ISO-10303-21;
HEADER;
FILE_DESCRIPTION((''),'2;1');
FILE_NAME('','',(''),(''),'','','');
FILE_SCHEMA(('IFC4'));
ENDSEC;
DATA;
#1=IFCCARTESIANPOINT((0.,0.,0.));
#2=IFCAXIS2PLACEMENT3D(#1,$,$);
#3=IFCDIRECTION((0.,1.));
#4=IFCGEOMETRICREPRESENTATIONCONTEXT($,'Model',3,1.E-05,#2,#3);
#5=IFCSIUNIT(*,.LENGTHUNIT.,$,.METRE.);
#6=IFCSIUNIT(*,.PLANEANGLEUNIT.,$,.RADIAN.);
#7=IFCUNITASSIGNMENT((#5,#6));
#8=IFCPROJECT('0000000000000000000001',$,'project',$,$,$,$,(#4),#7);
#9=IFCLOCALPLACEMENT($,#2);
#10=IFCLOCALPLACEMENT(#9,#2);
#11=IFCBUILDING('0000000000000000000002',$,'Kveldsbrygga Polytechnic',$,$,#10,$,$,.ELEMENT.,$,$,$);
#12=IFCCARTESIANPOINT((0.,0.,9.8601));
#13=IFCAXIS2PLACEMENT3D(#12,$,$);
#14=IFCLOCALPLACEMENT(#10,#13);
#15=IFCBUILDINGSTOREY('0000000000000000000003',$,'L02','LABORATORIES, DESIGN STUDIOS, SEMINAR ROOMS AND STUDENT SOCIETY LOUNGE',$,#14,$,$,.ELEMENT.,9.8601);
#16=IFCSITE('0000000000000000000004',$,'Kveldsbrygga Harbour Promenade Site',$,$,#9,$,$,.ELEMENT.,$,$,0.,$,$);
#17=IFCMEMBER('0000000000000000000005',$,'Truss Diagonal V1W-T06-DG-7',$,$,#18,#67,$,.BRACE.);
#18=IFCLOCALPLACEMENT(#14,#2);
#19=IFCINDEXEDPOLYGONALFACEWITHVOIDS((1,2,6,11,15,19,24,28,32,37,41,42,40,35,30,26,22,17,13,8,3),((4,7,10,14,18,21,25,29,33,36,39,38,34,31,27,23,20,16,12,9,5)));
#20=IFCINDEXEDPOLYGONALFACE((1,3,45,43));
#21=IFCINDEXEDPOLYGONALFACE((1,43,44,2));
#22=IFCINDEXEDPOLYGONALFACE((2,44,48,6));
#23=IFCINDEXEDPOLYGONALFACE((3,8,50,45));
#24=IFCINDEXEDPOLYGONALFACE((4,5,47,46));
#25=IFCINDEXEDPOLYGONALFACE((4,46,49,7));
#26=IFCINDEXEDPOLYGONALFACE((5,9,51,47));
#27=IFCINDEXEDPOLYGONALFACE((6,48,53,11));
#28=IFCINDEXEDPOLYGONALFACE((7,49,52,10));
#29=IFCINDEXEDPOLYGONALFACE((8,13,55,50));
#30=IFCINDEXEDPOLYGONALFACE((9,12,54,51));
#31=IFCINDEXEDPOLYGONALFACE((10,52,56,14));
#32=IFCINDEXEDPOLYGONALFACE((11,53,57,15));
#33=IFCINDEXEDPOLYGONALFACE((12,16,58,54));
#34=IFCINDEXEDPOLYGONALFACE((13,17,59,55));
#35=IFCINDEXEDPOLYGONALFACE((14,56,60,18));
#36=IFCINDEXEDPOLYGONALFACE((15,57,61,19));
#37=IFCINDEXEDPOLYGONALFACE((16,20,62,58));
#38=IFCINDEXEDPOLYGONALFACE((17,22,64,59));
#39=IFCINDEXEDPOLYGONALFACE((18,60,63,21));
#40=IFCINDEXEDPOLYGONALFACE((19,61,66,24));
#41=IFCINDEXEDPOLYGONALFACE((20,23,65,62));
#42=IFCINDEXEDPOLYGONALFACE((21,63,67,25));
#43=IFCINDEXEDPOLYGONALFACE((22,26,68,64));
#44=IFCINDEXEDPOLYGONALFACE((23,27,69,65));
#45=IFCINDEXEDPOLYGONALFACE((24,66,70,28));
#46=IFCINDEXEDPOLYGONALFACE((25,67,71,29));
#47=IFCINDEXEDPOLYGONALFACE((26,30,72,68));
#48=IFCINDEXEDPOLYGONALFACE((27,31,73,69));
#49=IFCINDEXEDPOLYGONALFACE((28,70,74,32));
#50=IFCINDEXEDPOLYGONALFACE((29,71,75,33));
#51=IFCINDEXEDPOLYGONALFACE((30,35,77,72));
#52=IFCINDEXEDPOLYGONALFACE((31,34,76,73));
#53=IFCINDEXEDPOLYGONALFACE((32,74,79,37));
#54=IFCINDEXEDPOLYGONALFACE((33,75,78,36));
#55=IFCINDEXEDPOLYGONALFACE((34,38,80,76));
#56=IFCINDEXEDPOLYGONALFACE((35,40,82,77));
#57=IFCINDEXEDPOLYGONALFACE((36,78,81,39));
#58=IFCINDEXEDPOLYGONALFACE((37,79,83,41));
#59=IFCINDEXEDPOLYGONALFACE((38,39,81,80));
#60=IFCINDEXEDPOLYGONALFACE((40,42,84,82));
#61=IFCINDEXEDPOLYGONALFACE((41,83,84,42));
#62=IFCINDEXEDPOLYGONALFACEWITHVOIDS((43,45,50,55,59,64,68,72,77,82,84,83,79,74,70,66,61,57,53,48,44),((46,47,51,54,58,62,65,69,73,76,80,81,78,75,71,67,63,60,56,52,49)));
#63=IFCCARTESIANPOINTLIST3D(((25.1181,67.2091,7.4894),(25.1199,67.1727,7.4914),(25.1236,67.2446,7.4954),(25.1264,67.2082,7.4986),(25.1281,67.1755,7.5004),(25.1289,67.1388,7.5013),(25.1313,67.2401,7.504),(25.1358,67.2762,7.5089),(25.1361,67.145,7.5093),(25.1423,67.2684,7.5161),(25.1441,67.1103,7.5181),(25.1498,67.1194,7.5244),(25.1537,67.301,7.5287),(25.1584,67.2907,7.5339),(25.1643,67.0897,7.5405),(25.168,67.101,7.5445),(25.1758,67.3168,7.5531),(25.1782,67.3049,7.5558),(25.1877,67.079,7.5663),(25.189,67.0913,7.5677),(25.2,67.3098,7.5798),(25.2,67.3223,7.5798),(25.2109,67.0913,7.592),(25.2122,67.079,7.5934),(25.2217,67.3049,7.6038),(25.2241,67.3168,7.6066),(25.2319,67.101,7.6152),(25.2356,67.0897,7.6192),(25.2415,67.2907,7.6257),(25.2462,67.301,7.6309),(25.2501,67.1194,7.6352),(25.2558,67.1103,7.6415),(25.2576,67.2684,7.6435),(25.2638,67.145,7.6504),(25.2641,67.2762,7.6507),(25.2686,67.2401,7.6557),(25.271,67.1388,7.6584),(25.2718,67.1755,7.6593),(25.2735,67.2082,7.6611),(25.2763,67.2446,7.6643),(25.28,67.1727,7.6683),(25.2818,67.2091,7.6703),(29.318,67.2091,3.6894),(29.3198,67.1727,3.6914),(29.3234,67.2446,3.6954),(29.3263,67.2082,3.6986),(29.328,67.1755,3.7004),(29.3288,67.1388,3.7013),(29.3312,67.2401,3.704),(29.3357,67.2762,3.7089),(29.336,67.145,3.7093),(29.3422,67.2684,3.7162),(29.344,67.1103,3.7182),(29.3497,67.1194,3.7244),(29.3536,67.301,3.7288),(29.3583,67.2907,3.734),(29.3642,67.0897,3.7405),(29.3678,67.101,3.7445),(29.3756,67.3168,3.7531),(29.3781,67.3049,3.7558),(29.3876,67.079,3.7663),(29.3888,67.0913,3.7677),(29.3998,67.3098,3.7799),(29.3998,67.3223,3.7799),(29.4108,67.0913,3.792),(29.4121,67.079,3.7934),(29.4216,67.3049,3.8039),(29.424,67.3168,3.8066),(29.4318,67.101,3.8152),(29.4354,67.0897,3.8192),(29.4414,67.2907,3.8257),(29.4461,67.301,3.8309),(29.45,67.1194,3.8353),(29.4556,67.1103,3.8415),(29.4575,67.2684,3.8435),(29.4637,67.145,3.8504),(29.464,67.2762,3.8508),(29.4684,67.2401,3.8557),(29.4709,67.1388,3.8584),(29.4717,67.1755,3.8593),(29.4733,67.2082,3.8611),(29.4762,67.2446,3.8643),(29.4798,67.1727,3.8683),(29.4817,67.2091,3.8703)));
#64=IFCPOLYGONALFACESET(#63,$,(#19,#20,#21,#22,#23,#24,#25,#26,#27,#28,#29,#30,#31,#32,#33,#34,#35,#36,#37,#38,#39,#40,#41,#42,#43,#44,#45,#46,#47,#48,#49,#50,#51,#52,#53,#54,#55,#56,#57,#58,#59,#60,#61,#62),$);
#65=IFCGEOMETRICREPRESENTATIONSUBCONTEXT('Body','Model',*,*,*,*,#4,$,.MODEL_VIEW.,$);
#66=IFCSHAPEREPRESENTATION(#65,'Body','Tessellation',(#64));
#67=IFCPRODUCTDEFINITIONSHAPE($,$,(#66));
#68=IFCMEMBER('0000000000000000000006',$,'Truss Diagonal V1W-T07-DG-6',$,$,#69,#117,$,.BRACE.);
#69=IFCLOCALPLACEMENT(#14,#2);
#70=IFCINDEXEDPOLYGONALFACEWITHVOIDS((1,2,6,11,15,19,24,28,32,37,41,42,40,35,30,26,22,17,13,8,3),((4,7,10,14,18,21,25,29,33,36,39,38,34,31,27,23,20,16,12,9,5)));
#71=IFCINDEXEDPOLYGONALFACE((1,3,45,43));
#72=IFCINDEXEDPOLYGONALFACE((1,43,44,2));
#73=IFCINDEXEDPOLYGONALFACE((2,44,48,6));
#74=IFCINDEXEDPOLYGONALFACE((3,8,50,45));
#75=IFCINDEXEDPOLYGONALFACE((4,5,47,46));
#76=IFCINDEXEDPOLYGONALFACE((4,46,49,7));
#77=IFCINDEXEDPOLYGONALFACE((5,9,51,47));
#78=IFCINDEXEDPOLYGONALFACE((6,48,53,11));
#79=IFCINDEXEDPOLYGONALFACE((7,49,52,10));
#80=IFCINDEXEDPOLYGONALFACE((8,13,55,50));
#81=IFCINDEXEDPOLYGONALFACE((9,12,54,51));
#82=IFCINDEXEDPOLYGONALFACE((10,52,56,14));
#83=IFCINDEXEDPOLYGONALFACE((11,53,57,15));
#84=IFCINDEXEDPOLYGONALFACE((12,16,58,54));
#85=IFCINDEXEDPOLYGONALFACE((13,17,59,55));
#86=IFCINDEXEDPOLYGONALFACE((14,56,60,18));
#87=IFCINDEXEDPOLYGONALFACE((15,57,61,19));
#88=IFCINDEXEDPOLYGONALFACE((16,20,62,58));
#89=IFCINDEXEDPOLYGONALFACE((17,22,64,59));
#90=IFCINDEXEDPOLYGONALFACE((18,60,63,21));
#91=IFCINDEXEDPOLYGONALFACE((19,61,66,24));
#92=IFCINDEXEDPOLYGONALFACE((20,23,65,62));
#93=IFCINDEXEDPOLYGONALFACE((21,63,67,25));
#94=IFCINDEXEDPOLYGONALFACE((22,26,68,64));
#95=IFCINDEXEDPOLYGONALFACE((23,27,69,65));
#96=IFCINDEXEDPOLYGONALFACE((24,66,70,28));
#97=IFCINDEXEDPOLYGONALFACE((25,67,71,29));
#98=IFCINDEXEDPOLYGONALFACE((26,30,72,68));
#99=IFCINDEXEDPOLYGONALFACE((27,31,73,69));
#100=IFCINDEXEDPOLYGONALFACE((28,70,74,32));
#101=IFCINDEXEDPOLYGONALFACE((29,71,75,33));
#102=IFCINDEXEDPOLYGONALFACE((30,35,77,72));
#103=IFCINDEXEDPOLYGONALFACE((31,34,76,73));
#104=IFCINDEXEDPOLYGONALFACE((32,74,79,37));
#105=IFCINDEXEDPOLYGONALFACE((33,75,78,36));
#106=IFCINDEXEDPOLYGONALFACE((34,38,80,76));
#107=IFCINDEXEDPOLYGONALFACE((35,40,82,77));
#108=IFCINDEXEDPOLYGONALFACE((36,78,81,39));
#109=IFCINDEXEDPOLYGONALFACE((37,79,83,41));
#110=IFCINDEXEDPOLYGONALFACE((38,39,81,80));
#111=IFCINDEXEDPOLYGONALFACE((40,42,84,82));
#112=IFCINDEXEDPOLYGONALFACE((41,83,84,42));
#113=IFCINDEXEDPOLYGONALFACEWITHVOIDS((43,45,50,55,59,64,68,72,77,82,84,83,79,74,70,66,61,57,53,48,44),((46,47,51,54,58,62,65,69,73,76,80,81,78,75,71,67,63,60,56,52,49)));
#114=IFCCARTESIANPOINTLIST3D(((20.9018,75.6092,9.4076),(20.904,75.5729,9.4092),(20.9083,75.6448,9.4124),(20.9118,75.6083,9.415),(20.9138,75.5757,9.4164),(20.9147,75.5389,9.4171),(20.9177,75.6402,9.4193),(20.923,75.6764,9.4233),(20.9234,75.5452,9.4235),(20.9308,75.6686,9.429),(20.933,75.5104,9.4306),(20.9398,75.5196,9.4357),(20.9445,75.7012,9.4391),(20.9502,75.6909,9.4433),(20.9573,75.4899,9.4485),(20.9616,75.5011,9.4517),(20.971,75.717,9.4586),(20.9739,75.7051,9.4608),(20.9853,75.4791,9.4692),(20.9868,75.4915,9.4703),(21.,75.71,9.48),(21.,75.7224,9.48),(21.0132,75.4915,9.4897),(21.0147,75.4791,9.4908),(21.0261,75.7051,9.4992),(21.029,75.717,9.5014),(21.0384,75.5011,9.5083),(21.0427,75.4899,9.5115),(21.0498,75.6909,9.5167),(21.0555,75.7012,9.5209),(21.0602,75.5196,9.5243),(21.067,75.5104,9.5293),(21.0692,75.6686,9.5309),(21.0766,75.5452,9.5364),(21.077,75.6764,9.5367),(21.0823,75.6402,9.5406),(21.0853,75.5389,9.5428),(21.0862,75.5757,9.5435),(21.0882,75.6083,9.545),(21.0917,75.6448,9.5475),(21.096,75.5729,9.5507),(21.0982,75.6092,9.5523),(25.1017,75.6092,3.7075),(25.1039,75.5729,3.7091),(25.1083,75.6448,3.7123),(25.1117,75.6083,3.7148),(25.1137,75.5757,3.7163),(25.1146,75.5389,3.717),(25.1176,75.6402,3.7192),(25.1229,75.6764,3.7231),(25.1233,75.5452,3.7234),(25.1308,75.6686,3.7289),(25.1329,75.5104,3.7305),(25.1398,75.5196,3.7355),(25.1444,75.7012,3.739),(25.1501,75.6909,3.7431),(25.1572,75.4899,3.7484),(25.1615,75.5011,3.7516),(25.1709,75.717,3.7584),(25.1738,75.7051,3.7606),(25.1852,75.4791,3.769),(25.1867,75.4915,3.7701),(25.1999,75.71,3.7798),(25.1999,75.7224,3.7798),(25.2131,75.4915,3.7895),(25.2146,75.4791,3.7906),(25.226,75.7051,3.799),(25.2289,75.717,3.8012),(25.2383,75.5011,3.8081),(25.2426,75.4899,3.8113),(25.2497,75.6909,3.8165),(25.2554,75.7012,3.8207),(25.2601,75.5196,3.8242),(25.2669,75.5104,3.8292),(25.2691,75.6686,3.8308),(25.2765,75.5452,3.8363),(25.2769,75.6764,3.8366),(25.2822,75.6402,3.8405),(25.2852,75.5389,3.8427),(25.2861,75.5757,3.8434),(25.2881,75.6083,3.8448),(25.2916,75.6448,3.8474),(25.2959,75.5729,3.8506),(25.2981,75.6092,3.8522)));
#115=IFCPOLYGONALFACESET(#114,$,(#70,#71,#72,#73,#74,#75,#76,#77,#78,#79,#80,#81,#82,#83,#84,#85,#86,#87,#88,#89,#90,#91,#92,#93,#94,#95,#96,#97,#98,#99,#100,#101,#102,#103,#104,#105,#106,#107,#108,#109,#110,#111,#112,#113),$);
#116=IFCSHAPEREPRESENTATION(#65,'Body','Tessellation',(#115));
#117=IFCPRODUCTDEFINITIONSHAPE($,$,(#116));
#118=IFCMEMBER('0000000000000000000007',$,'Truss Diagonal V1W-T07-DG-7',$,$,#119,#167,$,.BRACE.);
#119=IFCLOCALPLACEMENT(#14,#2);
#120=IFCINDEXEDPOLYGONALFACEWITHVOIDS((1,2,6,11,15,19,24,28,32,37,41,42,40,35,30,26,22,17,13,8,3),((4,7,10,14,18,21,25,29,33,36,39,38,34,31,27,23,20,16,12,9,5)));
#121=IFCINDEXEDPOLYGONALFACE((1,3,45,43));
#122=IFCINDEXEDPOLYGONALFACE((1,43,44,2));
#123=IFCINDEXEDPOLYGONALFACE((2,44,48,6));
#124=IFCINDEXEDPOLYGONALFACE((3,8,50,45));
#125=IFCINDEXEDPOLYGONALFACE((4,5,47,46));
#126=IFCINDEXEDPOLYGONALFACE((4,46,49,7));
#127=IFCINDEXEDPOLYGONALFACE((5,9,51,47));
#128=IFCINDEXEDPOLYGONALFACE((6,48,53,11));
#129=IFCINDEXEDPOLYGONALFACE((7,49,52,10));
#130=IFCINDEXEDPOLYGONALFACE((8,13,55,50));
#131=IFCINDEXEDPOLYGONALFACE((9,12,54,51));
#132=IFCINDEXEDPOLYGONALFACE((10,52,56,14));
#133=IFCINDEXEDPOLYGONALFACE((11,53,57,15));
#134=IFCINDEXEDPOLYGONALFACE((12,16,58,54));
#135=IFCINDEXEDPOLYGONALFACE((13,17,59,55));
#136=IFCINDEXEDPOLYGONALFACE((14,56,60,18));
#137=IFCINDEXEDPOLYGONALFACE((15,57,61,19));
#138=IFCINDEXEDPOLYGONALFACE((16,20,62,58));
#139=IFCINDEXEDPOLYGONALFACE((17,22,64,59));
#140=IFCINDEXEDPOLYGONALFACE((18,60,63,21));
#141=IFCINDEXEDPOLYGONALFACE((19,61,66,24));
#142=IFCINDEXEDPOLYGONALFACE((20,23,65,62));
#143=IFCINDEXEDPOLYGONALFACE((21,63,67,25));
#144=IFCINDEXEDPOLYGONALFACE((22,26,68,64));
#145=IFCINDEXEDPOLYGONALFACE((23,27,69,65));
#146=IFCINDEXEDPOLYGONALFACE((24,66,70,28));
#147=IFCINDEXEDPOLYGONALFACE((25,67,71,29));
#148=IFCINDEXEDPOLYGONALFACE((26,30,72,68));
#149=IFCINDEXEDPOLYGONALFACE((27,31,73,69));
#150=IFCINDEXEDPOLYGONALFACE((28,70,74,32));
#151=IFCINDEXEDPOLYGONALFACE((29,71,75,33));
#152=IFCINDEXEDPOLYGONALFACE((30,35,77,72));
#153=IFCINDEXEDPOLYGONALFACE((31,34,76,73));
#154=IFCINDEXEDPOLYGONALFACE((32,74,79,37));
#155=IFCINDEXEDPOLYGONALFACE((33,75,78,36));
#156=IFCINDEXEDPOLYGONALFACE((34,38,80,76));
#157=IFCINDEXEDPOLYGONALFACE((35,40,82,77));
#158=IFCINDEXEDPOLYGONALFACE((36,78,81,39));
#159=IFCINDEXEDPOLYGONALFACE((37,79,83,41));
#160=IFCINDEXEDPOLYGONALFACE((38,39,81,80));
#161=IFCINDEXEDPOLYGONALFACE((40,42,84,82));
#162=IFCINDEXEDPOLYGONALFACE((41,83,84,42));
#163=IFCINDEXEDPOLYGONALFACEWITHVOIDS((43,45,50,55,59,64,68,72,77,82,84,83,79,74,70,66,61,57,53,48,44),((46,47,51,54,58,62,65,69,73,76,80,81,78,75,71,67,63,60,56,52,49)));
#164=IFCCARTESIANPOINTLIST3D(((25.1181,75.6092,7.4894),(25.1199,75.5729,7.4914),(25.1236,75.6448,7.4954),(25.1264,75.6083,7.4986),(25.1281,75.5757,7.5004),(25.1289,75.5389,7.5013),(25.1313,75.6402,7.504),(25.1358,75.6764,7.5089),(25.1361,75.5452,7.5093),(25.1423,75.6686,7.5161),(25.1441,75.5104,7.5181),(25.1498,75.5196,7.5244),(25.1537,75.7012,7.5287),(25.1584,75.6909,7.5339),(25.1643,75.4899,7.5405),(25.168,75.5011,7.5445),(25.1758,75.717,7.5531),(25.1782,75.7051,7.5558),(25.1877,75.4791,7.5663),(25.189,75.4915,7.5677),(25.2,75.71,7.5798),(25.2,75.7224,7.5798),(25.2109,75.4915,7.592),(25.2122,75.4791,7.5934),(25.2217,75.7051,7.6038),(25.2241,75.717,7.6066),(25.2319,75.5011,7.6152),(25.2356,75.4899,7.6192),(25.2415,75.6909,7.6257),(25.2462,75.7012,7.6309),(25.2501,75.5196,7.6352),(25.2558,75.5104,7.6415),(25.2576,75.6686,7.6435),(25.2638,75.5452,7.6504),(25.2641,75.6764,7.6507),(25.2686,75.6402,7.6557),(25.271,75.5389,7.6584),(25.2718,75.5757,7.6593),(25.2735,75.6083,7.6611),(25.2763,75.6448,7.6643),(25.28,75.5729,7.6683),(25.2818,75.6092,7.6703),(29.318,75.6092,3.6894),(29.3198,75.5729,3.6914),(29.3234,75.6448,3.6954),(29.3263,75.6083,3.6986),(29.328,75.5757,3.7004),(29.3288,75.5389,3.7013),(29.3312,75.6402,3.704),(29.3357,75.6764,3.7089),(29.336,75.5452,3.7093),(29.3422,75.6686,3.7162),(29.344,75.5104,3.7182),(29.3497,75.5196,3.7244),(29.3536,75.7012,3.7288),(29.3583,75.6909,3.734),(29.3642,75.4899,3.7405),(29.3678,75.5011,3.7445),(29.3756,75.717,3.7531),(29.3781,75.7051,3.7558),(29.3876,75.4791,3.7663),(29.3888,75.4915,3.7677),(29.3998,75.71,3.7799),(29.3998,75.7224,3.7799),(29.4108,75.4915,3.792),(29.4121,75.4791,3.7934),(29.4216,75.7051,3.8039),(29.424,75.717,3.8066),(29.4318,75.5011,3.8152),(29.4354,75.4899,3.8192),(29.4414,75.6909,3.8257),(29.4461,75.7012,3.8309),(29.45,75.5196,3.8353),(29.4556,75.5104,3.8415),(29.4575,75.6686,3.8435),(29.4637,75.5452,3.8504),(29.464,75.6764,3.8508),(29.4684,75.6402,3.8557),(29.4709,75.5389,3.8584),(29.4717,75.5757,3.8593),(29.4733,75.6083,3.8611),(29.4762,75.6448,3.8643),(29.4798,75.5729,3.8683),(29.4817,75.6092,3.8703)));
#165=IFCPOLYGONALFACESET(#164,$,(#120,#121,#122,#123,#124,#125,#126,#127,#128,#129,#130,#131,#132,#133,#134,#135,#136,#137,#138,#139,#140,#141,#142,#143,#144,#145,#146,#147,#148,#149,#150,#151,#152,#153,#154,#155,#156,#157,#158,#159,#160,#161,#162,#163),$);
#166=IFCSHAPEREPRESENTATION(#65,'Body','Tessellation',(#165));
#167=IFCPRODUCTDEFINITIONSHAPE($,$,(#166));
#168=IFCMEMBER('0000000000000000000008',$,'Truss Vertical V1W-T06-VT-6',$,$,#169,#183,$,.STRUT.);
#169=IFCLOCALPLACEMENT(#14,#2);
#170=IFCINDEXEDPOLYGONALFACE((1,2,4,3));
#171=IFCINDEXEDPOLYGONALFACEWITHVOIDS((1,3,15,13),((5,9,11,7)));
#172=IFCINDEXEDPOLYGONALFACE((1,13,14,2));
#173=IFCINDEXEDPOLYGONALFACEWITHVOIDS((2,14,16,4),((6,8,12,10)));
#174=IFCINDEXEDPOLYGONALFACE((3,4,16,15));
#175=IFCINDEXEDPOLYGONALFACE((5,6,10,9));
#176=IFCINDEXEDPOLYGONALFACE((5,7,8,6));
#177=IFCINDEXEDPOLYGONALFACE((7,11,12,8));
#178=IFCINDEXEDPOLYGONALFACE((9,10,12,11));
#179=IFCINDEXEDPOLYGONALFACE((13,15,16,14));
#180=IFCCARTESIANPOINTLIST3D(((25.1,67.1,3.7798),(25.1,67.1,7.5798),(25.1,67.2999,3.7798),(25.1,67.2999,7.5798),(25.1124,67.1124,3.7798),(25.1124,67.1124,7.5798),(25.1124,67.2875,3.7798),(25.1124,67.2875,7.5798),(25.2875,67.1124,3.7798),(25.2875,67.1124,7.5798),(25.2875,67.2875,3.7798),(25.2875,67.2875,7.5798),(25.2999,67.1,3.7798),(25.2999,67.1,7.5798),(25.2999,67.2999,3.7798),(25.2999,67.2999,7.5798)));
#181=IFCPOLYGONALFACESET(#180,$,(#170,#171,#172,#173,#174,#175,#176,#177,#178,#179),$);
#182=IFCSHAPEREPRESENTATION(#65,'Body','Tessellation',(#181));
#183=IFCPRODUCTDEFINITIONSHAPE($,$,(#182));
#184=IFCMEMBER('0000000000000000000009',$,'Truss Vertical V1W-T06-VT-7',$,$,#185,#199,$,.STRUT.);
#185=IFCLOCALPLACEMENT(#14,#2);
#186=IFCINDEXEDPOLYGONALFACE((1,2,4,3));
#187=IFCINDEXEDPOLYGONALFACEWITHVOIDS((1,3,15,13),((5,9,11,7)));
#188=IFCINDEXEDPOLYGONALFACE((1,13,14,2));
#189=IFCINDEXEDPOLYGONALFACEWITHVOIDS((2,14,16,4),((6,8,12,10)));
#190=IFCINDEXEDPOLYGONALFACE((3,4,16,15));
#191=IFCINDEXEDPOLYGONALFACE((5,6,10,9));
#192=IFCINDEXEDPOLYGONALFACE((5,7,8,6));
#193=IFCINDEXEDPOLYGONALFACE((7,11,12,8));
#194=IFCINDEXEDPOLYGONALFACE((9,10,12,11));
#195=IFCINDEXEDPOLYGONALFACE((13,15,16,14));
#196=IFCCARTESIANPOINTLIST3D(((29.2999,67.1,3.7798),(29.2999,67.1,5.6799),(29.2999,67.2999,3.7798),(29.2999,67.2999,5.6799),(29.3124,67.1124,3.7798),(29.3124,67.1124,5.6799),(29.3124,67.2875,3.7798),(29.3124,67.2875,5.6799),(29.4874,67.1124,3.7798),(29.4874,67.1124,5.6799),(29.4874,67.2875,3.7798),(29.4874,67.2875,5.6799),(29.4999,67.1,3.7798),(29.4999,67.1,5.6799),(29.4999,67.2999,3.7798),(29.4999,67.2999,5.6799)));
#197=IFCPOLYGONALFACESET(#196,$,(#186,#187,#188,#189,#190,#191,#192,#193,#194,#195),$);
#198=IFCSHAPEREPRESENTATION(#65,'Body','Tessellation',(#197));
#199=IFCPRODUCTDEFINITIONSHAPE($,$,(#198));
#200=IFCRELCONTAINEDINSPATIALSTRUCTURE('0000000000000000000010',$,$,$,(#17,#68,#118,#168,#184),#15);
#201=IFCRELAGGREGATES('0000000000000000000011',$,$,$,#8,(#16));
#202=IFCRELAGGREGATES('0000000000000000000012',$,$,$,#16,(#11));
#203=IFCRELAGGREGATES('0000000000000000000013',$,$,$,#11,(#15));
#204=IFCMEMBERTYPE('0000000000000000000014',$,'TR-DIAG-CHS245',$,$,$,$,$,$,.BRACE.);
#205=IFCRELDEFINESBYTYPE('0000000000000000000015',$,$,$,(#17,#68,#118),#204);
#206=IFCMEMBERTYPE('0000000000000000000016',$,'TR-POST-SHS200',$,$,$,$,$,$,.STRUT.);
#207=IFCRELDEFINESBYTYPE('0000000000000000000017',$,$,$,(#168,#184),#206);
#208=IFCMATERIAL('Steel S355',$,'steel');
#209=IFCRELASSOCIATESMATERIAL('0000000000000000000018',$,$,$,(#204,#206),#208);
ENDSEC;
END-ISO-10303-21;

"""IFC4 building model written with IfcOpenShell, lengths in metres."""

from ifc_helpers import new_model, si_unit, direction, frame, origin, origin_2d, place, context, subcontext, project, spatial, hollow_rectangle, hollow_circle, extrude, material, material_profile, profile_set, type_object, element, save


model = new_model("IFC4")

# Units and contexts
model_context = context("Model", 3, precision=1e-05, world=origin(), true_north=direction((0.0, 1.0)))
body_context = subcontext(model_context, "Body", "Model", "MODEL_VIEW")
ifc_project = project(units=[si_unit("LENGTHUNIT", "METRE"), si_unit("PLANEANGLEUNIT", "RADIAN")], contexts=[model_context])

# Site, building, storey
site_placement = place(None, origin())
site = spatial("IfcSite", under=ifc_project, at=site_placement, Name="Kveldsbrygga Harbour Promenade Site", CompositionType="ELEMENT", RefElevation=0.0)
building_placement = place(site_placement, origin())
building = spatial("IfcBuilding", under=site, at=building_placement, Name="Kveldsbrygga Polytechnic", CompositionType="ELEMENT")
storey_placement = place(building_placement, frame((0.0, 0.0, 9.8601)))
storey = spatial("IfcBuildingStorey", under=building, at=storey_placement, Name="L02", Description="LABORATORIES, DESIGN STUDIOS, SEMINAR ROOMS AND STUDENT SOCIETY LOUNGE", CompositionType="ELEMENT", Elevation=9.8601)

# Members
ifc_material = material(Name="Steel S355", Category="steel")
ifc_material_profile_1 = material_profile(ifc_material, hollow_circle(Radius=0.1223, WallThickness=0.0125, at=origin_2d()), Name="CHS 244.5x12.5")
ifc_profile_set_1 = profile_set([ifc_material_profile_1], Name="Steel S355")
member_type_1 = type_object("IfcMemberType", Name="TR-DIAG-CHS245", PredefinedType="BRACE", material=ifc_profile_set_1)
member_1_placement = place(storey_placement, frame((25.2, 67.2, 7.5798), z_axis=(0.741528, 0.0, -0.670922), x_axis=(0.0, 1.0, 0.0)))
element("IfcMember", 1, at=member_1_placement, inside=storey, type_object=member_type_1, Name="Truss Diagonal V1W-T06-DG-7", PredefinedType="BRACE", context=body_context, shape_type="SweptSolid", body=[
    extrude(hollow_circle(Radius=0.1223, WallThickness=0.0125, at=origin_2d()), origin(), (0.0, 0.0, 1.0), 5.6638),
])
member_2_placement = place(storey_placement, frame((21.0, 75.6001, 9.48), z_axis=(0.593181, 0.0, -0.805069), x_axis=(0.0, 1.0, 0.0)))
element("IfcMember", 2, at=member_2_placement, inside=storey, type_object=member_type_1, Name="Truss Diagonal V1W-T07-DG-6", PredefinedType="BRACE", context=body_context, shape_type="SweptSolid", body=[
    extrude(hollow_circle(Radius=0.1223, WallThickness=0.0125, at=origin_2d()), origin(), (0.0, 0.0, 1.0), 7.0803),
])
member_3_placement = place(storey_placement, frame((25.2, 75.6001, 7.5798), z_axis=(0.741528, 0.0, -0.670922), x_axis=(0.0, 1.0, 0.0)))
element("IfcMember", 3, at=member_3_placement, inside=storey, type_object=member_type_1, Name="Truss Diagonal V1W-T07-DG-7", PredefinedType="BRACE", context=body_context, shape_type="SweptSolid", body=[
    extrude(hollow_circle(Radius=0.1223, WallThickness=0.0125, at=origin_2d()), origin(), (0.0, 0.0, 1.0), 5.6638),
])
ifc_material_profile_2 = material_profile(ifc_material, hollow_rectangle(XDim=0.2, YDim=0.2, WallThickness=0.0125, at=origin_2d()), Name="SHS 200x200x12.5")
ifc_profile_set_2 = profile_set([ifc_material_profile_2], Name="Steel S355")
member_type_2 = type_object("IfcMemberType", Name="TR-POST-SHS200", PredefinedType="STRUT", material=ifc_profile_set_2)
member_4_placement = place(storey_placement, frame((25.2, 67.2, 3.7798), z_axis=(0.0, 0.0, 1.0), x_axis=(1.0, 0.0, 0.0)))
element("IfcMember", 4, at=member_4_placement, inside=storey, type_object=member_type_2, Name="Truss Vertical V1W-T06-VT-6", PredefinedType="STRUT", context=body_context, shape_type="SweptSolid", body=[
    extrude(hollow_rectangle(XDim=0.2, YDim=0.2, WallThickness=0.0125, at=origin_2d()), origin(), (0.0, 0.0, 1.0), 3.8),
])
member_5_placement = place(storey_placement, frame((29.3999, 67.2, 3.7798), z_axis=(0.0, 0.0, 1.0), x_axis=(1.0, 0.0, 0.0)))
element("IfcMember", 5, at=member_5_placement, inside=storey, type_object=member_type_2, Name="Truss Vertical V1W-T06-VT-7", PredefinedType="STRUT", context=body_context, shape_type="SweptSolid", body=[
    extrude(hollow_rectangle(XDim=0.2, YDim=0.2, WallThickness=0.0125, at=origin_2d()), origin(), (0.0, 0.0, 1.0), 1.9001),
])

save(model, "model.ifc")
